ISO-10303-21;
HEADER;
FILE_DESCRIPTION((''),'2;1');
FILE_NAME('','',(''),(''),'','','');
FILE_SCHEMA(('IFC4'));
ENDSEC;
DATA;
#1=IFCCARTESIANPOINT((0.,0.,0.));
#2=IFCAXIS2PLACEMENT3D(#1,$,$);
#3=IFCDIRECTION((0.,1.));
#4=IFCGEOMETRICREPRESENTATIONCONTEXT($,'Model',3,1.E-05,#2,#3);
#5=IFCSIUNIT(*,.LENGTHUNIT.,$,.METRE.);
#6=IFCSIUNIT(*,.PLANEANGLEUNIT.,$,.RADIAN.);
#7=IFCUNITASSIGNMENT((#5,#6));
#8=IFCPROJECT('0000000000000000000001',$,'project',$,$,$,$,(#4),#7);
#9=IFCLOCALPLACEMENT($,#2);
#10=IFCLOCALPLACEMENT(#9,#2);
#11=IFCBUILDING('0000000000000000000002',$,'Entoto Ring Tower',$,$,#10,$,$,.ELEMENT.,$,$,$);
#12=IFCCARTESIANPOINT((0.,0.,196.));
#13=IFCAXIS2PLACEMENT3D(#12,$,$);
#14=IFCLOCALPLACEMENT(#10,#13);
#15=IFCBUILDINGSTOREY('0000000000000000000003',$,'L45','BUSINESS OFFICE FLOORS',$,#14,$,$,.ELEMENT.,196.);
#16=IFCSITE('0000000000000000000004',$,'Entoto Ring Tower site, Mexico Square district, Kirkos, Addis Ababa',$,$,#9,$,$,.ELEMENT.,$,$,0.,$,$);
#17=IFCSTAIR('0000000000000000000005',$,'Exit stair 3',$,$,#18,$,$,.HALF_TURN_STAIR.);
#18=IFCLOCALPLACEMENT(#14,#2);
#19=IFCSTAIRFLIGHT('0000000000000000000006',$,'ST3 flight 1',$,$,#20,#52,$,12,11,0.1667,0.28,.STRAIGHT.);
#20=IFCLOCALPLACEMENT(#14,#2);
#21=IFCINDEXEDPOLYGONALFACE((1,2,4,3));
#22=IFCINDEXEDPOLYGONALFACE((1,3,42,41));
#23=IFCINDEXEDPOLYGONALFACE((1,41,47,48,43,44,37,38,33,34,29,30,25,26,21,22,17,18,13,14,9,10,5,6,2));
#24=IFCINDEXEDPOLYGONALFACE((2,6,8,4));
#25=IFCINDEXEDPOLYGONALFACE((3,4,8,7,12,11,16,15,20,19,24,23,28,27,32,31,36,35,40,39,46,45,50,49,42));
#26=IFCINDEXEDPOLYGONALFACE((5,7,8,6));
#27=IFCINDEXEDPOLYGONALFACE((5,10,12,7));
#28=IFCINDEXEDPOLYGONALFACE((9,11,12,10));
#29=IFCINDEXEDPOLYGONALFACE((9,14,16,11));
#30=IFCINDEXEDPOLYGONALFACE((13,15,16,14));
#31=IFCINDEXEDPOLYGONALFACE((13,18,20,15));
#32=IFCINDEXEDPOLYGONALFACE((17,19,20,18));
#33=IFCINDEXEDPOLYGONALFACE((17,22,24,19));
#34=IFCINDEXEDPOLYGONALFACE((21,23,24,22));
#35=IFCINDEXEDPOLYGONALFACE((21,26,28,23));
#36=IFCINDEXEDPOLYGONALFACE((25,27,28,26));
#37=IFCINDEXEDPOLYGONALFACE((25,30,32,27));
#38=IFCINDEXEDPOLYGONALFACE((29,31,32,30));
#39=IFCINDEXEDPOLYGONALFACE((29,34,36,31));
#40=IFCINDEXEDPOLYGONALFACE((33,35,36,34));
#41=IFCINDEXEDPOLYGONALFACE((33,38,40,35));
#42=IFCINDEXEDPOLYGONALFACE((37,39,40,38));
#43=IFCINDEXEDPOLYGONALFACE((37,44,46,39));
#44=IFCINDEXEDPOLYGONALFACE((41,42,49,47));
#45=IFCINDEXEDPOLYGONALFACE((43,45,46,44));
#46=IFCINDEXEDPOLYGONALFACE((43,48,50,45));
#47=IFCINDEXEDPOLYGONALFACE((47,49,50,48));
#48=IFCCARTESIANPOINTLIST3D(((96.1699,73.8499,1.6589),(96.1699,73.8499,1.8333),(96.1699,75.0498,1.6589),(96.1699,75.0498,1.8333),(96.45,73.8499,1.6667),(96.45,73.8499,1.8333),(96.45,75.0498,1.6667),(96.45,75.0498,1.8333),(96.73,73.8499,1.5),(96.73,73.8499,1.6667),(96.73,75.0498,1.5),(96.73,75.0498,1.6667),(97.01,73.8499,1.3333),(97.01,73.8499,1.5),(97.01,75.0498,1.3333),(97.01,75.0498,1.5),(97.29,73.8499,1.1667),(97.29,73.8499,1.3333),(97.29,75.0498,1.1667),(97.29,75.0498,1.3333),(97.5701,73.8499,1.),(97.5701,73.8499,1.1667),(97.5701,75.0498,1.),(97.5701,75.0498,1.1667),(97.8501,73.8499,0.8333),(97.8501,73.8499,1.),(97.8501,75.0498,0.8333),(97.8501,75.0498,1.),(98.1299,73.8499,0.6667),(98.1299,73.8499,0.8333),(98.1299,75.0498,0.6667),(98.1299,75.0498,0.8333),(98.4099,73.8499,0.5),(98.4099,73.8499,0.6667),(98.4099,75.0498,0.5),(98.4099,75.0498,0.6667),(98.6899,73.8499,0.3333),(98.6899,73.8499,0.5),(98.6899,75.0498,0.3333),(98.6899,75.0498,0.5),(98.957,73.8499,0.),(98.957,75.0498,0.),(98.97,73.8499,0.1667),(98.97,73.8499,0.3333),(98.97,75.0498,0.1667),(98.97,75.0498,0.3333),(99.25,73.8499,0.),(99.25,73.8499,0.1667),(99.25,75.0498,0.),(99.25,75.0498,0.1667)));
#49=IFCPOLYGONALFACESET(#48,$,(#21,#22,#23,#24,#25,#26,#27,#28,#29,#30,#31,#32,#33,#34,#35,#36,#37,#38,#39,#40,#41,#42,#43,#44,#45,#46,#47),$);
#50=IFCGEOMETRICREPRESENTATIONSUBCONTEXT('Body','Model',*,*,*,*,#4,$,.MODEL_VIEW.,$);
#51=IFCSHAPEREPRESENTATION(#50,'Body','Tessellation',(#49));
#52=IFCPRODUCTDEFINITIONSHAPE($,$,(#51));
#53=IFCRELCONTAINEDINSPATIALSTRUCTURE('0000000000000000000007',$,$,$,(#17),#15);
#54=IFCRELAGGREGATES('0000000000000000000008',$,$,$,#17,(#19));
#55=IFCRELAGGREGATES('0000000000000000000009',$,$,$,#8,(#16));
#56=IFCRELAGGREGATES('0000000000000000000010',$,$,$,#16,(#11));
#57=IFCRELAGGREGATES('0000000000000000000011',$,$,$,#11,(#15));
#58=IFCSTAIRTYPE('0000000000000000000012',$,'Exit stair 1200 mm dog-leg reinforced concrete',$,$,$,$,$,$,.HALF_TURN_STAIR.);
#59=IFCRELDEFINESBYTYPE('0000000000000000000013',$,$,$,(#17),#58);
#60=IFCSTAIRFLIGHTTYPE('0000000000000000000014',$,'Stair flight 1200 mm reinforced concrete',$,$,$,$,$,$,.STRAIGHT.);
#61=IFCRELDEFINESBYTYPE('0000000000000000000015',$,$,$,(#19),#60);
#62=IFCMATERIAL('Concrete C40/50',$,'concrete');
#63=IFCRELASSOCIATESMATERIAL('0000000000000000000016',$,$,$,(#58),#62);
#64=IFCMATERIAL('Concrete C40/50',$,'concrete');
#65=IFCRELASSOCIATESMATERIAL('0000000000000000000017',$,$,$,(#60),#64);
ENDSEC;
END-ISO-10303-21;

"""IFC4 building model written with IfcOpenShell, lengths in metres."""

from ifc_helpers import new_model, si_unit, direction, frame, origin, place, context, subcontext, project, spatial, polyline, outline, extrude, material, type_object, element, aggregate, save


model = new_model("IFC4")

# Units and contexts
model_context = context("Model", 3, precision=1e-05, world=origin(), true_north=direction((0.0, 1.0)))
body_context = subcontext(model_context, "Body", "Model", "MODEL_VIEW")
ifc_project = project(units=[si_unit("LENGTHUNIT", "METRE"), si_unit("PLANEANGLEUNIT", "RADIAN")], contexts=[model_context])

# Site, building, storey
site_placement = place(None, origin())
site = spatial("IfcSite", under=ifc_project, at=site_placement, Name="Entoto Ring Tower site, Mexico Square district, Kirkos, Addis Ababa", CompositionType="ELEMENT", RefElevation=0.0)
building_placement = place(site_placement, origin())
building = spatial("IfcBuilding", under=site, at=building_placement, Name="Entoto Ring Tower", CompositionType="ELEMENT")
storey_placement = place(building_placement, frame((0.0, 0.0, 196.0)))
storey = spatial("IfcBuildingStorey", under=building, at=storey_placement, Name="L45", Description="BUSINESS OFFICE FLOORS", CompositionType="ELEMENT", Elevation=196.0)

# Stair, stair flight
ifc_material_1 = material(Name="Concrete C40/50", Category="concrete")
stair_type = type_object("IfcStairType", Name="Exit stair 1200 mm dog-leg reinforced concrete", PredefinedType="HALF_TURN_STAIR", material=ifc_material_1)
stair_placement = place(storey_placement, origin())
stair = element("IfcStair", 1, at=stair_placement, inside=storey, type_object=stair_type, Name="Exit stair 3", PredefinedType="HALF_TURN_STAIR")
ifc_material_2 = material(Name="Concrete C40/50", Category="concrete")
stair_flight_type = type_object("IfcStairFlightType", Name="Stair flight 1200 mm reinforced concrete", PredefinedType="STRAIGHT", material=ifc_material_2)
stair_flight_placement = place(storey_placement, frame((99.25, 74.45, 0.0), z_axis=(0.0, 0.0, 1.0), x_axis=(-1.0, 0.0, 0.0)))
stair_flight = element("IfcStairFlight", 2, at=stair_flight_placement, type_object=stair_flight_type, Name="ST3 flight 1", NumberOfRisers=12, NumberOfTreads=11, PredefinedType="STRAIGHT", RiserHeight=0.1667, TreadLength=0.28, context=body_context, shape_type="SweptSolid", body=[
    extrude(outline(polyline([(0.0, 0.0), (0.0, 0.1667), (0.28, 0.1667), (0.28, 0.3333), (0.5601, 0.3333), (0.5601, 0.5), (0.8401, 0.5), (0.8401, 0.6667), (1.1201, 0.6667), (1.1201, 0.8333), (1.3999, 0.8333), (1.3999, 1.0), (1.6799, 1.0), (1.6799, 1.1667), (1.96, 1.1667), (1.96, 1.3333), (2.24, 1.3333), (2.24, 1.5), (2.52, 1.5), (2.52, 1.6667), (2.8, 1.6667), (2.8, 1.8333), (3.0801, 1.8333), (3.0801, 2.0), (3.0801, 1.6589), (0.293, 0.0), (0.0, 0.0)])), frame((0.0, 0.6001, 0.0), z_axis=(0.0, -1.0, 0.0), x_axis=(1.0, 0.0, 0.0)), (0.0, 0.0, 1.0), 1.2),
])
aggregate(stair, [stair_flight])

save(model, "model.ifc")
